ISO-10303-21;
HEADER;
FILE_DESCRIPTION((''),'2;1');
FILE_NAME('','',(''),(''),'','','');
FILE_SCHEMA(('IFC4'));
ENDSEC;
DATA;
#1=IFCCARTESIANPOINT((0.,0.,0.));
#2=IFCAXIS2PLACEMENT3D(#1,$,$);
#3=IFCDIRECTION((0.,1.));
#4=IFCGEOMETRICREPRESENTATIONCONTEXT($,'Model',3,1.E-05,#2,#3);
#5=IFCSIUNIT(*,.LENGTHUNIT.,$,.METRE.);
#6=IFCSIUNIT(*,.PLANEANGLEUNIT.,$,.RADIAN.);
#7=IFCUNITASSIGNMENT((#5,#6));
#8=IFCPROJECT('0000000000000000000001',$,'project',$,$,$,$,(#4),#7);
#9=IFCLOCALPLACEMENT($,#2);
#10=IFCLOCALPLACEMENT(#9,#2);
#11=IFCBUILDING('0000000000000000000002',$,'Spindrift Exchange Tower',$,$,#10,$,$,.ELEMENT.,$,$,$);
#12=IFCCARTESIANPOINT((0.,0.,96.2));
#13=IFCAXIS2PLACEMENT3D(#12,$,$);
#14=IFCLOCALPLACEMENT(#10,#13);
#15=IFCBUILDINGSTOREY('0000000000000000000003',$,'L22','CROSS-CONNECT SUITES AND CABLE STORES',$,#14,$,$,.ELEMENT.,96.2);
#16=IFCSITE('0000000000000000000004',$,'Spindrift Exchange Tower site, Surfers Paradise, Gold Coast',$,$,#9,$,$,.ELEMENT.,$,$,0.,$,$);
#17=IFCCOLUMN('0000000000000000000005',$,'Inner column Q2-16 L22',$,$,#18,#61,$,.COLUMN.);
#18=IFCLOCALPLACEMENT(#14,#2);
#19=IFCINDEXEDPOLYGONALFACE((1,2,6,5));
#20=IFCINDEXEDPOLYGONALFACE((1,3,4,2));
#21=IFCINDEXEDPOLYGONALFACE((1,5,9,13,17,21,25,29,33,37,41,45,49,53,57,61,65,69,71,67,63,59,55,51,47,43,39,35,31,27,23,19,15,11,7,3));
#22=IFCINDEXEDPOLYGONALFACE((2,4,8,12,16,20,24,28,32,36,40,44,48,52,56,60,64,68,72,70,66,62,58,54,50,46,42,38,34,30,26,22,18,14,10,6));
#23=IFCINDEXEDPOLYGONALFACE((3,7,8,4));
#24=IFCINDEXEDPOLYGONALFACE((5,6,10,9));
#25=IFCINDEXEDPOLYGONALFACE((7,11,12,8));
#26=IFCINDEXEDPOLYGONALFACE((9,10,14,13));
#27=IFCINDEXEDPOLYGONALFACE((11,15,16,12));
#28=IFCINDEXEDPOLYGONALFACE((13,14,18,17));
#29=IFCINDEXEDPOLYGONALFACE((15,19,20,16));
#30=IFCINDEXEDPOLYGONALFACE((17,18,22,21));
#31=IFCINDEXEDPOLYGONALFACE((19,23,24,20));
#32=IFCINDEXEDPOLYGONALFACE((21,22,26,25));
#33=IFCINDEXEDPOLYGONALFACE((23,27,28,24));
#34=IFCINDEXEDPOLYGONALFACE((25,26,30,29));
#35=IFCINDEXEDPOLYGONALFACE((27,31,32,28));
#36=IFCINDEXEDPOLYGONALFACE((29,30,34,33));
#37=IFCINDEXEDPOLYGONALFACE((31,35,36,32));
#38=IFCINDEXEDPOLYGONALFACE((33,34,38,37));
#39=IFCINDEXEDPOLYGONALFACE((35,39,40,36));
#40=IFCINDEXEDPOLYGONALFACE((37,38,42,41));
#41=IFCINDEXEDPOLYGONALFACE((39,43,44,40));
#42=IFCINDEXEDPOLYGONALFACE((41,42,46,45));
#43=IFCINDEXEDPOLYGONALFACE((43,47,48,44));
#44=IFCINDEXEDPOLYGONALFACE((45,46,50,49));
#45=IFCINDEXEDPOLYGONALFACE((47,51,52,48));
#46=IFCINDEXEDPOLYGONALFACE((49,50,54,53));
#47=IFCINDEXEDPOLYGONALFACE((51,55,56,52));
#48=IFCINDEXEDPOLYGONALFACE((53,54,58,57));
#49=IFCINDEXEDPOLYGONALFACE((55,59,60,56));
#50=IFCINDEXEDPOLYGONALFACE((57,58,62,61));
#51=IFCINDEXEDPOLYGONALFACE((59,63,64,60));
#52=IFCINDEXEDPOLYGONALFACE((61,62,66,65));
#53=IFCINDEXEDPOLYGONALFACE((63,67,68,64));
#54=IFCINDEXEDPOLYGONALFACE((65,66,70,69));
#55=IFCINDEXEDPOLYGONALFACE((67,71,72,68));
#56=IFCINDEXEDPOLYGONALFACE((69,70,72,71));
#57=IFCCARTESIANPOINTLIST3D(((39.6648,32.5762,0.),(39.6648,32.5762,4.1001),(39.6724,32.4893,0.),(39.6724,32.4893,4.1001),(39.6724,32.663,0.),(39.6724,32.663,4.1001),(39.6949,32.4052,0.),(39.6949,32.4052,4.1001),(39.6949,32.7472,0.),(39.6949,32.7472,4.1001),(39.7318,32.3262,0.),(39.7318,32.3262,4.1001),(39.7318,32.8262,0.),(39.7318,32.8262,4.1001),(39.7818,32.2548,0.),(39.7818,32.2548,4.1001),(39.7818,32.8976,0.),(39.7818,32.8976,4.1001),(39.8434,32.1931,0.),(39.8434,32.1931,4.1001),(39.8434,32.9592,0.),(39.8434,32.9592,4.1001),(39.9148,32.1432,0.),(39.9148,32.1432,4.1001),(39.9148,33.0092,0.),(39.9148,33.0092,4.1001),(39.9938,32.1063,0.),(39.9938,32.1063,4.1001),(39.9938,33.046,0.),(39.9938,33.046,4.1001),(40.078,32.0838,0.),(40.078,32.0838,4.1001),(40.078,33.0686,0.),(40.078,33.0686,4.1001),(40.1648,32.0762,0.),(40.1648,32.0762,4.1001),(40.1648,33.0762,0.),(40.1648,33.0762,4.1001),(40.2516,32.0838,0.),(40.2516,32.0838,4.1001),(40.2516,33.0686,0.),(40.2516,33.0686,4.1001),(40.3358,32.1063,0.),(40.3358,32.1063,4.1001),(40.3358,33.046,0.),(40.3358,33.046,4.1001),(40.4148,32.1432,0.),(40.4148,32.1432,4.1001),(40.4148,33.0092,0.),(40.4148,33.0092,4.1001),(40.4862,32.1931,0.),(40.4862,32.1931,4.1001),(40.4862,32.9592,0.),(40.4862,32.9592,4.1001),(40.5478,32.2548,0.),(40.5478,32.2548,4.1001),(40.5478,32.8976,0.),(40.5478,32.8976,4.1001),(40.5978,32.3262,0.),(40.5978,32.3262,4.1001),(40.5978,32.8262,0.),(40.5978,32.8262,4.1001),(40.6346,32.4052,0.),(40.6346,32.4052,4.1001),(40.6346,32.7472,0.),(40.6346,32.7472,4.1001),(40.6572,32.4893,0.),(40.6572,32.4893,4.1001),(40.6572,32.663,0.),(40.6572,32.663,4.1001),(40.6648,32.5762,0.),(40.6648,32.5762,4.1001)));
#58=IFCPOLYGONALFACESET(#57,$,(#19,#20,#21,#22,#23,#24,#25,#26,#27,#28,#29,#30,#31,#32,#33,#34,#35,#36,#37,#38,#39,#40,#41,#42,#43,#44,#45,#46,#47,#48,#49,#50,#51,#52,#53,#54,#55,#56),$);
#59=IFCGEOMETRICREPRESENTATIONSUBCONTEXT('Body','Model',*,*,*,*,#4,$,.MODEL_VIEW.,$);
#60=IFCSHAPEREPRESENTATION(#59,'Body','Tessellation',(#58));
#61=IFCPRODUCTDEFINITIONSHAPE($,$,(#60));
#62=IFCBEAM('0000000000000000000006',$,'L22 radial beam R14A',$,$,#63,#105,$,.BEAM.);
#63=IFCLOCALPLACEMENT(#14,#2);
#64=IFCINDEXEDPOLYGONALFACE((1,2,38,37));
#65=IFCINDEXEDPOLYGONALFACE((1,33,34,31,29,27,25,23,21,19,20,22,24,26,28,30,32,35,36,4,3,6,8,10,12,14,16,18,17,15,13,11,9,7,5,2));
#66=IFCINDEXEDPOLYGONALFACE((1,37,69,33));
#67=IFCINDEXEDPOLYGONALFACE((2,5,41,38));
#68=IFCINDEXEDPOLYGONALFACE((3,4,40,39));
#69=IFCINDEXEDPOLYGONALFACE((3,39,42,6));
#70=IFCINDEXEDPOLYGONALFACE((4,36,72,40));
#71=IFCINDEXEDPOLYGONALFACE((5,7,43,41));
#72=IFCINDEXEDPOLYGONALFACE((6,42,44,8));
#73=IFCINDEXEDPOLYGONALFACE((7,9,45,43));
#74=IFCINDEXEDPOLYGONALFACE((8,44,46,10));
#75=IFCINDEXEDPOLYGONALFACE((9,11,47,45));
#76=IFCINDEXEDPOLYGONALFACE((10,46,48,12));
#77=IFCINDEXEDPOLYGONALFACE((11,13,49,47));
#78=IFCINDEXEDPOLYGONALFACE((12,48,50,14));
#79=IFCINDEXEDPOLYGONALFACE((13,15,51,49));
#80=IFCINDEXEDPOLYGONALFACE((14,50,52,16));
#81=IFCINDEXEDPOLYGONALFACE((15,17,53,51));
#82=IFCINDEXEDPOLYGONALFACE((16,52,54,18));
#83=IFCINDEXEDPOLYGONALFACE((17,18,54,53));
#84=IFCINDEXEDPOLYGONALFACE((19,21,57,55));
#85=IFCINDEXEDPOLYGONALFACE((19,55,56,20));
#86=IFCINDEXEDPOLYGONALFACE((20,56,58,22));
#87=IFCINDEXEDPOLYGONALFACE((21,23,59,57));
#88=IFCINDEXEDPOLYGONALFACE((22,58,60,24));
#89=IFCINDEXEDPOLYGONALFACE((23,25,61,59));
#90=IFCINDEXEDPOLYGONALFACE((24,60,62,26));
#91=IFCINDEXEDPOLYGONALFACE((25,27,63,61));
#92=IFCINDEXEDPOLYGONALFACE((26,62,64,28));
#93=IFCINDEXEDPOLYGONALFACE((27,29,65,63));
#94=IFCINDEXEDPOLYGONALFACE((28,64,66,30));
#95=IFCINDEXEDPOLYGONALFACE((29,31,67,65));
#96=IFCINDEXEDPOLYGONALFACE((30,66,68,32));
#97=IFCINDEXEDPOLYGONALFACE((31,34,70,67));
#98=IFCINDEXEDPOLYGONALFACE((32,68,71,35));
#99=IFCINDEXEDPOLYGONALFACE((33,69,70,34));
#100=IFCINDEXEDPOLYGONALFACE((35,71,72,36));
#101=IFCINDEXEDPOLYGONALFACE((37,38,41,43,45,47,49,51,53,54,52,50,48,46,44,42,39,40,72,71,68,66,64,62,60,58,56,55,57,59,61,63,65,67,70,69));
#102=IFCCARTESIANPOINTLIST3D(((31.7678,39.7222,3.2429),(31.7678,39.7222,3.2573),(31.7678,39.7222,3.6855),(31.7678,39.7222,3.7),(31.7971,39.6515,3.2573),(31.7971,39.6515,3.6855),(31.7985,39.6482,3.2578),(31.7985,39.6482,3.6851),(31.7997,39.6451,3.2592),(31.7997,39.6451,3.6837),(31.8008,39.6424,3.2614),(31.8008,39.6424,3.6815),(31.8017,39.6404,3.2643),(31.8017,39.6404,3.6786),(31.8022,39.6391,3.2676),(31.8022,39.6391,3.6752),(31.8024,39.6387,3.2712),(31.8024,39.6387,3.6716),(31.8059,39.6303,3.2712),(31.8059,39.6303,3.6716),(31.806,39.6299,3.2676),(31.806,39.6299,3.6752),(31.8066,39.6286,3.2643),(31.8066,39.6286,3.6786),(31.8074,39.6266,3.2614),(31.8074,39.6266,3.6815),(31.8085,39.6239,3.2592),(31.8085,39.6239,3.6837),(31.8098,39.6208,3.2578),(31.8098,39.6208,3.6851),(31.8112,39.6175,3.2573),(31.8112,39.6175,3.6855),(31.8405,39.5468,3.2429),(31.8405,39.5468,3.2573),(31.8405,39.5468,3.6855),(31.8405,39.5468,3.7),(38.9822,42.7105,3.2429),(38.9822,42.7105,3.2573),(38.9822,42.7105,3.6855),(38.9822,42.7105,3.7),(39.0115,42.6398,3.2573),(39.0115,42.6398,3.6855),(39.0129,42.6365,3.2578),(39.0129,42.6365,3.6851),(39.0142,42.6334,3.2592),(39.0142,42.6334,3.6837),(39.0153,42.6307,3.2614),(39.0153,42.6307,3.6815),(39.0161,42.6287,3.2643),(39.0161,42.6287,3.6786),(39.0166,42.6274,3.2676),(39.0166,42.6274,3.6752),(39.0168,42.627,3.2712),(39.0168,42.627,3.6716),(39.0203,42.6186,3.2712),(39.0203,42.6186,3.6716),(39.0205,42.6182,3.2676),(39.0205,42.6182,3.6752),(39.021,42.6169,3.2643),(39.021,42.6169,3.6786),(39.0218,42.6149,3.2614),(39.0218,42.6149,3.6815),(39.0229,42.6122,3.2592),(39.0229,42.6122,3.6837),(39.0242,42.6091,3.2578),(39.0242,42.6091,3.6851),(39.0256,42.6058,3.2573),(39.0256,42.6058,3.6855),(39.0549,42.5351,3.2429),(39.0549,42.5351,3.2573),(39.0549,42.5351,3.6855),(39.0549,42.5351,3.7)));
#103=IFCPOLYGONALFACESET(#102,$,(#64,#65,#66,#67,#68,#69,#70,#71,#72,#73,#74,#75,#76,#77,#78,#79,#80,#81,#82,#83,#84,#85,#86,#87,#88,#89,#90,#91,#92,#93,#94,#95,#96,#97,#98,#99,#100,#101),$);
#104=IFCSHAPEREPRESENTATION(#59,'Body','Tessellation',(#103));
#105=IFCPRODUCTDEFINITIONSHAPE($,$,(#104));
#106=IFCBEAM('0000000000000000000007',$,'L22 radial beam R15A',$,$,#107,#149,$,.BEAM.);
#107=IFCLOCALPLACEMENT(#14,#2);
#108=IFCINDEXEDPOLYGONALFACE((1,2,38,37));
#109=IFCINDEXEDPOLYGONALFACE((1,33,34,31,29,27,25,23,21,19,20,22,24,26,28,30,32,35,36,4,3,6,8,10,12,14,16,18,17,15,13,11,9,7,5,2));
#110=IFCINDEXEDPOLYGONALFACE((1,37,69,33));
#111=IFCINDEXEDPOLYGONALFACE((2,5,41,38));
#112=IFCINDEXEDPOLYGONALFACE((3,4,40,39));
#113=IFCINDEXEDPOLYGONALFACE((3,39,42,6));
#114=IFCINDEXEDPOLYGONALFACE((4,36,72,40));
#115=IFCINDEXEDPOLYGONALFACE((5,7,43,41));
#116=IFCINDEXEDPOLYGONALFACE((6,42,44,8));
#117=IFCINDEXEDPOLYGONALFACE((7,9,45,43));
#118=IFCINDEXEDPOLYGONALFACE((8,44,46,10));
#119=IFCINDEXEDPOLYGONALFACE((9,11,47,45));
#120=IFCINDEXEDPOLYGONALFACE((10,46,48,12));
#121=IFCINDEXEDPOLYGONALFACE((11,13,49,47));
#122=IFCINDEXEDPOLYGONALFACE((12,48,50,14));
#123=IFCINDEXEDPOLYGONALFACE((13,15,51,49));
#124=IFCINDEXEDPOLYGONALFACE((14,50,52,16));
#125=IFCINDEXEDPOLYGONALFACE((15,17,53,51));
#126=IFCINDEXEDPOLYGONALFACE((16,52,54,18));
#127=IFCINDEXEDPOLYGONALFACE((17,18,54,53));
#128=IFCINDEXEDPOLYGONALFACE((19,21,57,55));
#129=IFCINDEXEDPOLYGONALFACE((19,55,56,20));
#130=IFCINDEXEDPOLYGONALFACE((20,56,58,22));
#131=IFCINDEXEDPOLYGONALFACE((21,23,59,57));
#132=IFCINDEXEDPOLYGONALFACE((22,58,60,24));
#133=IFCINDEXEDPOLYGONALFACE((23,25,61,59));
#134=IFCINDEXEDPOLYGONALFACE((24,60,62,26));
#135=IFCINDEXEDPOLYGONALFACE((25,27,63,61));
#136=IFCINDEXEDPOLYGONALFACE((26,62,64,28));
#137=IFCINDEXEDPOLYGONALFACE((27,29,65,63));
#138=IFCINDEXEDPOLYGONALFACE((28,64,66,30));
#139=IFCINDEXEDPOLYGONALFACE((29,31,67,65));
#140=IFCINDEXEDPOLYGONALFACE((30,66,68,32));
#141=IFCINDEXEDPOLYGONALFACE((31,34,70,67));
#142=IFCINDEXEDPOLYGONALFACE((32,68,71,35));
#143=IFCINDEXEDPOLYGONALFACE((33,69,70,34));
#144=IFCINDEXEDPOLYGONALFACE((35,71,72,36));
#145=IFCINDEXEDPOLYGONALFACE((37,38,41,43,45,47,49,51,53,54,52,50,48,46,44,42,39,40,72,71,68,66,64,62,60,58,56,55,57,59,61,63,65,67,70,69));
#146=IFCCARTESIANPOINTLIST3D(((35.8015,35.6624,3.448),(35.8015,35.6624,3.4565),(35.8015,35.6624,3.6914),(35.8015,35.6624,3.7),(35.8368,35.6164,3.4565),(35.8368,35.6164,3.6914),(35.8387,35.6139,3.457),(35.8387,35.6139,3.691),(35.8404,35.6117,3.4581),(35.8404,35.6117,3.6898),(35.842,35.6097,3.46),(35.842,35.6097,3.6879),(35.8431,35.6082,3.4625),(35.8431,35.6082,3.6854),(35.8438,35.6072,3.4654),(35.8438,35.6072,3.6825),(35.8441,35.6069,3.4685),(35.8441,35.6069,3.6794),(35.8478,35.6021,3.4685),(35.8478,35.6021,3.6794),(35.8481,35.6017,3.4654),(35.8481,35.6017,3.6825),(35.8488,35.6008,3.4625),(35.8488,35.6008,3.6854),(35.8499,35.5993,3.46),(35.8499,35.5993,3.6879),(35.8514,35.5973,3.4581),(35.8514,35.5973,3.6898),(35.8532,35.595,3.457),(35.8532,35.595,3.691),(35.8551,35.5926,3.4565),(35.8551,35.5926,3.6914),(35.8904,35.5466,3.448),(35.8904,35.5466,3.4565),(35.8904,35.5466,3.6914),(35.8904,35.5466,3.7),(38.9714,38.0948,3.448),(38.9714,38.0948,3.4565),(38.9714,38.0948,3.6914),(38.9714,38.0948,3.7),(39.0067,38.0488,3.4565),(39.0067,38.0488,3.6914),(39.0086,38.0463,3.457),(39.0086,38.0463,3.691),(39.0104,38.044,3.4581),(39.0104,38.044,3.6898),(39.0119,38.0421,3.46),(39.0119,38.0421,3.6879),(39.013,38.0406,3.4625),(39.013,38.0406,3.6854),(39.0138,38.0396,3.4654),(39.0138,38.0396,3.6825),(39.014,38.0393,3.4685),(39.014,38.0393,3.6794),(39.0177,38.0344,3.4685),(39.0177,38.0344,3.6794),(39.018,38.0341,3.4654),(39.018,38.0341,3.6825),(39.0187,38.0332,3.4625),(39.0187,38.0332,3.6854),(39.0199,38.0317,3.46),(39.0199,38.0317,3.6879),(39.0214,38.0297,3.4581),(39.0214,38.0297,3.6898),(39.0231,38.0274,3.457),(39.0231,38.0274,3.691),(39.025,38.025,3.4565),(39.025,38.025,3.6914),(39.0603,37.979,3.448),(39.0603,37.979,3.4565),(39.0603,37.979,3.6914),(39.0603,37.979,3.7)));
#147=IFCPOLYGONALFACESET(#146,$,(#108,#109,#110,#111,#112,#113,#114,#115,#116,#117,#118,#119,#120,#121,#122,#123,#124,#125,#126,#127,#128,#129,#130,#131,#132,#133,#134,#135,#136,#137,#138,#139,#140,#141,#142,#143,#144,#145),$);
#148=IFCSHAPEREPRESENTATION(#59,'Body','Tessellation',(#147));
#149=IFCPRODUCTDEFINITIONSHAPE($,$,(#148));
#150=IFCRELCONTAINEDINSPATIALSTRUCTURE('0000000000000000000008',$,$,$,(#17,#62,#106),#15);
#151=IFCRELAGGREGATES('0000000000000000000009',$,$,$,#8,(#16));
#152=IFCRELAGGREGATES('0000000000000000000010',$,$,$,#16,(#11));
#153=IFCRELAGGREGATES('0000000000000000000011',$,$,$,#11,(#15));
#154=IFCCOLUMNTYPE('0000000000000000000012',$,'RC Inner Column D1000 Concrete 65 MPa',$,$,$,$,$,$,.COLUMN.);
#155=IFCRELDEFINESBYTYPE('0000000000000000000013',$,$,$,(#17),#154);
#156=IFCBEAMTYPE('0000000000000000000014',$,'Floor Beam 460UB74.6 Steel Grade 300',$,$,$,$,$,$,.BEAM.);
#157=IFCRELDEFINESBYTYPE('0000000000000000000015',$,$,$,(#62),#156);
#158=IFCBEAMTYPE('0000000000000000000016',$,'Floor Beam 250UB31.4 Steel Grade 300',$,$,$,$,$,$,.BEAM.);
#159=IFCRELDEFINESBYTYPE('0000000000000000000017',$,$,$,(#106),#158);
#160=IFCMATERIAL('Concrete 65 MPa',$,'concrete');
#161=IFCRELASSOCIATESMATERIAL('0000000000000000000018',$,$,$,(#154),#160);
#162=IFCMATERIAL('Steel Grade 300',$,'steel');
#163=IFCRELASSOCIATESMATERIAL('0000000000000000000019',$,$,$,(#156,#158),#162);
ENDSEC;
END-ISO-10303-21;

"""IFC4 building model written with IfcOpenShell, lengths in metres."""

from ifc_helpers import new_model, si_unit, direction, frame, origin, origin_2d, place, context, subcontext, project, spatial, circle, i_section, extrude, source, transform, mapped, material, material_profile, profile_set, type_object, element, save


model = new_model("IFC4")

# Units and contexts
model_context = context("Model", 3, precision=1e-05, world=origin(), true_north=direction((0.0, 1.0)))
body_context = subcontext(model_context, "Body", "Model", "MODEL_VIEW")
ifc_project = project(units=[si_unit("LENGTHUNIT", "METRE"), si_unit("PLANEANGLEUNIT", "RADIAN")], contexts=[model_context])

# Site, building, storey
site_placement = place(None, origin())
site = spatial("IfcSite", under=ifc_project, at=site_placement, Name="Spindrift Exchange Tower site, Surfers Paradise, Gold Coast", CompositionType="ELEMENT", RefElevation=0.0)
building_placement = place(site_placement, origin())
building = spatial("IfcBuilding", under=site, at=building_placement, Name="Spindrift Exchange Tower", CompositionType="ELEMENT")
storey_placement = place(building_placement, frame((0.0, 0.0, 96.2)))
storey = spatial("IfcBuildingStorey", under=building, at=storey_placement, Name="L22", Description="CROSS-CONNECT SUITES AND CABLE STORES", CompositionType="ELEMENT", Elevation=96.2)

# Column
ifc_material_1 = material(Name="Concrete 65 MPa", Category="concrete")
ifc_material_profile_1 = material_profile(ifc_material_1, circle(Radius=0.5, at=origin_2d()), Name="RC D1000")
ifc_profile_set_1 = profile_set([ifc_material_profile_1], Name="Concrete 65 MPa")
column_type = type_object("IfcColumnType", Name="RC Inner Column D1000 Concrete 65 MPa", PredefinedType="COLUMN", material=ifc_profile_set_1)
shared_shape_1 = source(origin(), body_context, "Body", "SweptSolid", [
    extrude(circle(Radius=0.5, at=origin_2d()), origin(), (0.0, 0.0, 1.0), 4.1001),
])
column_placement = place(storey_placement, frame((40.1648, 32.5762, 0.0), z_axis=(0.0, 0.0, 1.0), x_axis=(1.0, 0.0, 0.0)))
element("IfcColumn", 1, at=column_placement, inside=storey, type_object=column_type, Name="Inner column Q2-16 L22", PredefinedType="COLUMN", context=body_context, shape_type="MappedRepresentation", body=[
    mapped(shared_shape_1, transform((0.0, 0.0, 0.0), scale=1.0)),
])

# Beams
ifc_material_2 = material(Name="Steel Grade 300", Category="steel")
ifc_material_profile_2 = material_profile(ifc_material_2, i_section(OverallWidth=0.1899, OverallDepth=0.457, WebThickness=0.009, FlangeThickness=0.0144, FilletRadius=0.0139, at=origin_2d()), Name="460UB74.6")
ifc_profile_set_2 = profile_set([ifc_material_profile_2], Name="Steel Grade 300")
beam_type_1 = type_object("IfcBeamType", Name="Floor Beam 460UB74.6 Steel Grade 300", PredefinedType="BEAM", material=ifc_profile_set_2)
shared_shape_2 = source(origin(), body_context, "Body", "SweptSolid", [
    extrude(i_section(OverallWidth=0.1899, OverallDepth=0.457, WebThickness=0.009, FlangeThickness=0.0144, FilletRadius=0.0139, at=origin_2d()), origin(), (0.0, 0.0, 1.0), 7.8088),
])
beam_1_placement = place(storey_placement, frame((39.0186, 42.6228, 3.4714), z_axis=(-0.92388, -0.382683, 0.0), x_axis=(0.382683, -0.92388, 0.0)))
element("IfcBeam", 2, at=beam_1_placement, inside=storey, type_object=beam_type_1, Name="L22 radial beam R14A", PredefinedType="BEAM", context=body_context, shape_type="MappedRepresentation", body=[
    mapped(shared_shape_2, transform((0.0, 0.0, 0.0), scale=1.0)),
])
ifc_material_profile_3 = material_profile(ifc_material_2, i_section(OverallWidth=0.146, OverallDepth=0.252, WebThickness=0.0061, FlangeThickness=0.0085, FilletRadius=0.012, at=origin_2d()), Name="250UB31.4")
ifc_profile_set_3 = profile_set([ifc_material_profile_3], Name="Steel Grade 300")
beam_type_2 = type_object("IfcBeamType", Name="Floor Beam 250UB31.4 Steel Grade 300", PredefinedType="BEAM", material=ifc_profile_set_3)
shared_shape_3 = source(origin(), body_context, "Body", "SweptSolid", [
    extrude(i_section(OverallWidth=0.146, OverallDepth=0.252, WebThickness=0.0061, FlangeThickness=0.0085, FilletRadius=0.012, at=origin_2d()), origin(), (0.0, 0.0, 1.0), 3.9956),
])
beam_2_placement = place(storey_placement, frame((39.0159, 38.0369, 3.574), z_axis=(-0.793353, -0.608762, 0.0), x_axis=(0.608762, -0.793353, 0.0)))
element("IfcBeam", 3, at=beam_2_placement, inside=storey, type_object=beam_type_2, Name="L22 radial beam R15A", PredefinedType="BEAM", context=body_context, shape_type="MappedRepresentation", body=[
    mapped(shared_shape_3, transform((0.0, 0.0, 0.0), scale=1.0)),
])

save(model, "model.ifc")
